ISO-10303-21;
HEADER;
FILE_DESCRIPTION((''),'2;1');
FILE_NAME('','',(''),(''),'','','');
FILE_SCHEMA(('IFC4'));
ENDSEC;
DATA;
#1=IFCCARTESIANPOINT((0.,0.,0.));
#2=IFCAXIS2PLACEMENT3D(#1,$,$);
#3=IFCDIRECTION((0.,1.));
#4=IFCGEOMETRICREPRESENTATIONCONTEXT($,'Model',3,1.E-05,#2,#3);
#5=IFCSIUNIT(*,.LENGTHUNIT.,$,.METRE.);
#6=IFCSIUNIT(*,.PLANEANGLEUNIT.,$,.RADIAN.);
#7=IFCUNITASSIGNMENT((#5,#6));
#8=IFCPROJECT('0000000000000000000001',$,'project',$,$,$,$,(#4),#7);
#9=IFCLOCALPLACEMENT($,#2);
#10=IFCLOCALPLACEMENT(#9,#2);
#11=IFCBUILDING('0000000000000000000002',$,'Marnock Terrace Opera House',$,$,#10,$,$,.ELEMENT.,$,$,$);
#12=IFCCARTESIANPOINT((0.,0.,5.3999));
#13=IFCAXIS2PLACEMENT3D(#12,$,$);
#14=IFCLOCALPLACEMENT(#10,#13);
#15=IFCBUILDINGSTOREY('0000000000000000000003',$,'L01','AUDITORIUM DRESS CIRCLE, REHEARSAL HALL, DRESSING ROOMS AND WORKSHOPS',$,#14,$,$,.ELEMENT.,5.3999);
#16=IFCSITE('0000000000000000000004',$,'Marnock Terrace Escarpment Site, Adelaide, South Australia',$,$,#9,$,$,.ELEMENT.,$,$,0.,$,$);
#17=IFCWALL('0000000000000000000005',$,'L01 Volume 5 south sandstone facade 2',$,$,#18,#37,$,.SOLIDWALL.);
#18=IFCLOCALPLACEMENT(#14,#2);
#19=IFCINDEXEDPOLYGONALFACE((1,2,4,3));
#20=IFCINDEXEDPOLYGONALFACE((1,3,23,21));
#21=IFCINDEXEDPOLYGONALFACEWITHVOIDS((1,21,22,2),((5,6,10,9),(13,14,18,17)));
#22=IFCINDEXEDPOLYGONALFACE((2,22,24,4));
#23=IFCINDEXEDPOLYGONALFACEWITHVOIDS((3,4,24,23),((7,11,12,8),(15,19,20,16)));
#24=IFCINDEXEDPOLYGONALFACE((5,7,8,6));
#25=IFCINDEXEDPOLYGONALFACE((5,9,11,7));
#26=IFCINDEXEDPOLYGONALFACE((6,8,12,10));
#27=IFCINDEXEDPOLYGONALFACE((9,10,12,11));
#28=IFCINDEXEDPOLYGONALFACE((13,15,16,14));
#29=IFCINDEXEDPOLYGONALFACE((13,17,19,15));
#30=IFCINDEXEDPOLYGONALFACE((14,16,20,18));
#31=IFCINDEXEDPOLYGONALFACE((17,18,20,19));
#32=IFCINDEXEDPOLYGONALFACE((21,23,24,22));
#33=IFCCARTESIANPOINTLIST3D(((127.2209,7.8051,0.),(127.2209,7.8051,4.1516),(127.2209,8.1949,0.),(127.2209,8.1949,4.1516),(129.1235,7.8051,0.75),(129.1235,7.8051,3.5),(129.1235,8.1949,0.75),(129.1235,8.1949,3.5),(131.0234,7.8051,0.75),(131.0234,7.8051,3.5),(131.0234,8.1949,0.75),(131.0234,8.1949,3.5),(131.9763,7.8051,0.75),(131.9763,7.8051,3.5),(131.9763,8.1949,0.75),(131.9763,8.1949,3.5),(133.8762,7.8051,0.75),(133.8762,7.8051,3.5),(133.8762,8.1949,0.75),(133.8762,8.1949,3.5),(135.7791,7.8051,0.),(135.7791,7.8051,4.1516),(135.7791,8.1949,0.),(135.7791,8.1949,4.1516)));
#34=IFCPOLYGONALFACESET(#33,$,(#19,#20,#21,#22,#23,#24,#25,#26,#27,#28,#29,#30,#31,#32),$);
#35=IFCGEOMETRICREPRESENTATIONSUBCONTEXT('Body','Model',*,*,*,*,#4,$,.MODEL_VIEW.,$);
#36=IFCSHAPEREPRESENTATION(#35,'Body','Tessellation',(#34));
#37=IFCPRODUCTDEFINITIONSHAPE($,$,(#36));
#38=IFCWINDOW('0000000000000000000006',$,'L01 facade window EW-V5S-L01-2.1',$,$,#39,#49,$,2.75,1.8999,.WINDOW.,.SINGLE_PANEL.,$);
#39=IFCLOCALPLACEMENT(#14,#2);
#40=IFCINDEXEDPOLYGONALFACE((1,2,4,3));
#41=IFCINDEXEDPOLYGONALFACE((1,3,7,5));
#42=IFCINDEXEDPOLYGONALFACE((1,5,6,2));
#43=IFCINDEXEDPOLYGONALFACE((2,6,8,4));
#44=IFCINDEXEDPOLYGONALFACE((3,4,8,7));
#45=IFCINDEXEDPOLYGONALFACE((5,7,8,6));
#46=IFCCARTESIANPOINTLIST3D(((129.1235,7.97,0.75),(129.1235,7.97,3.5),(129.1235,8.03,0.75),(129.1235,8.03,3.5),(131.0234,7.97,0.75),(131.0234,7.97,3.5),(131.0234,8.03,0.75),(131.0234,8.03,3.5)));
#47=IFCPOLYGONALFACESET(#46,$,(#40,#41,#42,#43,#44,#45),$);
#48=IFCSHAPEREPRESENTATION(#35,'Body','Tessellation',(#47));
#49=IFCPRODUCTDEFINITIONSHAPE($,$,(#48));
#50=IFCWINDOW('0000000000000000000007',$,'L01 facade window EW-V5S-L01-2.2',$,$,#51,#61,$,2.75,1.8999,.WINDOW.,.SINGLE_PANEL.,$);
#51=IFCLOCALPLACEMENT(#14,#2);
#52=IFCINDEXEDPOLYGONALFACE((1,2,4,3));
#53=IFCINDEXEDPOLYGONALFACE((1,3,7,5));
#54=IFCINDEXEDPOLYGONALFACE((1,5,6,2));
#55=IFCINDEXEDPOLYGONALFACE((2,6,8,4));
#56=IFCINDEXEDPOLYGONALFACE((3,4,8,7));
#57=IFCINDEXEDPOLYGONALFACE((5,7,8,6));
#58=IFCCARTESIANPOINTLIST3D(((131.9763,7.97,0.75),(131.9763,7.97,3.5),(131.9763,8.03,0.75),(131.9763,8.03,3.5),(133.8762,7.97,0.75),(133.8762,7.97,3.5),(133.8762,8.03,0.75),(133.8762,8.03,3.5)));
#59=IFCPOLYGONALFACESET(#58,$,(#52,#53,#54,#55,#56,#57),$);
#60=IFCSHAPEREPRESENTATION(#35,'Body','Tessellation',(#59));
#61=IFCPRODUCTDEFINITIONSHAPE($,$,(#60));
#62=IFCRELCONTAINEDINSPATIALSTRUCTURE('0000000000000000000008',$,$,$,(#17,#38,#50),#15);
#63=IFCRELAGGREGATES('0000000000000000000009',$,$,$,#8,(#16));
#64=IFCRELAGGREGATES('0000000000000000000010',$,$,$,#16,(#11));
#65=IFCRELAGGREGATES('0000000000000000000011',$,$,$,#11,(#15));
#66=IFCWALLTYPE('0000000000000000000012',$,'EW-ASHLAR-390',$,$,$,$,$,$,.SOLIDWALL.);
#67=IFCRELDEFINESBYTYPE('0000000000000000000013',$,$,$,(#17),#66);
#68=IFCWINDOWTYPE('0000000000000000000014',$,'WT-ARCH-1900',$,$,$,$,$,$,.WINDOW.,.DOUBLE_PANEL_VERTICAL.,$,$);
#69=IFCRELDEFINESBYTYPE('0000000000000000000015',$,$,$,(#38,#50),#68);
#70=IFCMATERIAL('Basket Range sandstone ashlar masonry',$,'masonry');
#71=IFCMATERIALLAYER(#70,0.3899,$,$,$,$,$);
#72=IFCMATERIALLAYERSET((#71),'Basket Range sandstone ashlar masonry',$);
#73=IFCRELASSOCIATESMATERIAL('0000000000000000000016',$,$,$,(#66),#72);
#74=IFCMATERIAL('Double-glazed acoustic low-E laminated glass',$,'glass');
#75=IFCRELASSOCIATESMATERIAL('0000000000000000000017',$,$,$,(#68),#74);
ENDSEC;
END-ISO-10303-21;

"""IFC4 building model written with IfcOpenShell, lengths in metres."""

from ifc_helpers import new_model, si_unit, direction, frame, frame_2d, origin, place, context, subcontext, project, spatial, rectangle, extrude, material, layer, layer_set, type_object, element, fill, save


model = new_model("IFC4")

# Units and contexts
model_context = context("Model", 3, precision=1e-05, world=origin(), true_north=direction((0.0, 1.0)))
body_context = subcontext(model_context, "Body", "Model", "MODEL_VIEW")
ifc_project = project(units=[si_unit("LENGTHUNIT", "METRE"), si_unit("PLANEANGLEUNIT", "RADIAN")], contexts=[model_context])

# Site, building, storey
site_placement = place(None, origin())
site = spatial("IfcSite", under=ifc_project, at=site_placement, Name="Marnock Terrace Escarpment Site, Adelaide, South Australia", CompositionType="ELEMENT", RefElevation=0.0)
building_placement = place(site_placement, origin())
building = spatial("IfcBuilding", under=site, at=building_placement, Name="Marnock Terrace Opera House", CompositionType="ELEMENT")
storey_placement = place(building_placement, frame((0.0, 0.0, 5.3999)))
storey = spatial("IfcBuildingStorey", under=building, at=storey_placement, Name="L01", Description="AUDITORIUM DRESS CIRCLE, REHEARSAL HALL, DRESSING ROOMS AND WORKSHOPS", CompositionType="ELEMENT", Elevation=5.3999)

# Wall, openings, windows
ifc_material_1 = material(Name="Basket Range sandstone ashlar masonry", Category="masonry")
ifc_layer = layer(ifc_material_1, 0.3899)
ifc_layer_set = layer_set([ifc_layer], Name="Basket Range sandstone ashlar masonry")
wall_type = type_object("IfcWallType", Name="EW-ASHLAR-390", PredefinedType="SOLIDWALL", material=ifc_layer_set)
ifc_material_2 = material(Name="Double-glazed acoustic low-E laminated glass", Category="glass")
window_type = type_object("IfcWindowType", Name="WT-ARCH-1900", PartitioningType="DOUBLE_PANEL_VERTICAL", PredefinedType="WINDOW", material=ifc_material_2)
wall_1_placement = place(storey_placement, frame((127.2209, 8.0, 0.0), z_axis=(0.0, 0.0, 1.0), x_axis=(1.0, 0.0, 0.0)))
wall_1 = element("IfcWall", 1, at=wall_1_placement, inside=storey, type_object=wall_type, Name="L01 Volume 5 south sandstone facade 2", PredefinedType="SOLIDWALL", context=body_context, shape_type="SweptSolid", body=[
    extrude(rectangle(XDim=8.5581, YDim=0.3899, at=frame_2d((4.2791, 0.0))), origin(), (0.0, 0.0, 1.0), 4.1516),
])
opening_1_placement = place(wall_1_placement, frame((1.9026, 0.0, 0.75)))
opening_1 = element("IfcOpeningElement", 2, at=opening_1_placement, cuts=wall_1, PredefinedType="OPENING", context=body_context, shape_type="SweptSolid", body=[
    extrude(rectangle(XDim=1.8999, YDim=2.75, at=frame_2d((0.95, 1.375))), frame((0.0, 0.2048, 0.0), z_axis=(0.0, -1.0, 0.0), x_axis=(1.0, 0.0, 0.0)), (0.0, 0.0, 1.0), 0.4099),
])
opening_2_placement = place(wall_1_placement, frame((4.7554, 0.0, 0.75)))
opening_2 = element("IfcOpeningElement", 3, at=opening_2_placement, cuts=wall_1, PredefinedType="OPENING", context=body_context, shape_type="SweptSolid", body=[
    extrude(rectangle(XDim=1.8999, YDim=2.75, at=frame_2d((0.95, 1.375))), frame((0.0, 0.2048, 0.0), z_axis=(0.0, -1.0, 0.0), x_axis=(1.0, 0.0, 0.0)), (0.0, 0.0, 1.0), 0.4099),
])
window_1_placement = place(opening_1_placement, origin())
window_1 = element("IfcWindow", 4, at=window_1_placement, inside=storey, type_object=window_type, Name="L01 facade window EW-V5S-L01-2.1", OverallHeight=2.75, OverallWidth=1.8999, PartitioningType="SINGLE_PANEL", PredefinedType="WINDOW", context=body_context, shape_type="SweptSolid", body=[
    extrude(rectangle(XDim=1.8999, YDim=2.75, at=frame_2d((0.95, 1.375))), frame((0.0, 0.03, 0.0), z_axis=(0.0, -1.0, 0.0), x_axis=(1.0, 0.0, 0.0)), (0.0, 0.0, 1.0), 0.0601),
])
fill(opening_1, window_1)
window_2_placement = place(opening_2_placement, origin())
window_2 = element("IfcWindow", 5, at=window_2_placement, inside=storey, type_object=window_type, Name="L01 facade window EW-V5S-L01-2.2", OverallHeight=2.75, OverallWidth=1.8999, PartitioningType="SINGLE_PANEL", PredefinedType="WINDOW", context=body_context, shape_type="SweptSolid", body=[
    extrude(rectangle(XDim=1.8999, YDim=2.75, at=frame_2d((0.95, 1.375))), frame((0.0, 0.03, 0.0), z_axis=(0.0, -1.0, 0.0), x_axis=(1.0, 0.0, 0.0)), (0.0, 0.0, 1.0), 0.0601),
])
fill(opening_2, window_2)

save(model, "model.ifc")
